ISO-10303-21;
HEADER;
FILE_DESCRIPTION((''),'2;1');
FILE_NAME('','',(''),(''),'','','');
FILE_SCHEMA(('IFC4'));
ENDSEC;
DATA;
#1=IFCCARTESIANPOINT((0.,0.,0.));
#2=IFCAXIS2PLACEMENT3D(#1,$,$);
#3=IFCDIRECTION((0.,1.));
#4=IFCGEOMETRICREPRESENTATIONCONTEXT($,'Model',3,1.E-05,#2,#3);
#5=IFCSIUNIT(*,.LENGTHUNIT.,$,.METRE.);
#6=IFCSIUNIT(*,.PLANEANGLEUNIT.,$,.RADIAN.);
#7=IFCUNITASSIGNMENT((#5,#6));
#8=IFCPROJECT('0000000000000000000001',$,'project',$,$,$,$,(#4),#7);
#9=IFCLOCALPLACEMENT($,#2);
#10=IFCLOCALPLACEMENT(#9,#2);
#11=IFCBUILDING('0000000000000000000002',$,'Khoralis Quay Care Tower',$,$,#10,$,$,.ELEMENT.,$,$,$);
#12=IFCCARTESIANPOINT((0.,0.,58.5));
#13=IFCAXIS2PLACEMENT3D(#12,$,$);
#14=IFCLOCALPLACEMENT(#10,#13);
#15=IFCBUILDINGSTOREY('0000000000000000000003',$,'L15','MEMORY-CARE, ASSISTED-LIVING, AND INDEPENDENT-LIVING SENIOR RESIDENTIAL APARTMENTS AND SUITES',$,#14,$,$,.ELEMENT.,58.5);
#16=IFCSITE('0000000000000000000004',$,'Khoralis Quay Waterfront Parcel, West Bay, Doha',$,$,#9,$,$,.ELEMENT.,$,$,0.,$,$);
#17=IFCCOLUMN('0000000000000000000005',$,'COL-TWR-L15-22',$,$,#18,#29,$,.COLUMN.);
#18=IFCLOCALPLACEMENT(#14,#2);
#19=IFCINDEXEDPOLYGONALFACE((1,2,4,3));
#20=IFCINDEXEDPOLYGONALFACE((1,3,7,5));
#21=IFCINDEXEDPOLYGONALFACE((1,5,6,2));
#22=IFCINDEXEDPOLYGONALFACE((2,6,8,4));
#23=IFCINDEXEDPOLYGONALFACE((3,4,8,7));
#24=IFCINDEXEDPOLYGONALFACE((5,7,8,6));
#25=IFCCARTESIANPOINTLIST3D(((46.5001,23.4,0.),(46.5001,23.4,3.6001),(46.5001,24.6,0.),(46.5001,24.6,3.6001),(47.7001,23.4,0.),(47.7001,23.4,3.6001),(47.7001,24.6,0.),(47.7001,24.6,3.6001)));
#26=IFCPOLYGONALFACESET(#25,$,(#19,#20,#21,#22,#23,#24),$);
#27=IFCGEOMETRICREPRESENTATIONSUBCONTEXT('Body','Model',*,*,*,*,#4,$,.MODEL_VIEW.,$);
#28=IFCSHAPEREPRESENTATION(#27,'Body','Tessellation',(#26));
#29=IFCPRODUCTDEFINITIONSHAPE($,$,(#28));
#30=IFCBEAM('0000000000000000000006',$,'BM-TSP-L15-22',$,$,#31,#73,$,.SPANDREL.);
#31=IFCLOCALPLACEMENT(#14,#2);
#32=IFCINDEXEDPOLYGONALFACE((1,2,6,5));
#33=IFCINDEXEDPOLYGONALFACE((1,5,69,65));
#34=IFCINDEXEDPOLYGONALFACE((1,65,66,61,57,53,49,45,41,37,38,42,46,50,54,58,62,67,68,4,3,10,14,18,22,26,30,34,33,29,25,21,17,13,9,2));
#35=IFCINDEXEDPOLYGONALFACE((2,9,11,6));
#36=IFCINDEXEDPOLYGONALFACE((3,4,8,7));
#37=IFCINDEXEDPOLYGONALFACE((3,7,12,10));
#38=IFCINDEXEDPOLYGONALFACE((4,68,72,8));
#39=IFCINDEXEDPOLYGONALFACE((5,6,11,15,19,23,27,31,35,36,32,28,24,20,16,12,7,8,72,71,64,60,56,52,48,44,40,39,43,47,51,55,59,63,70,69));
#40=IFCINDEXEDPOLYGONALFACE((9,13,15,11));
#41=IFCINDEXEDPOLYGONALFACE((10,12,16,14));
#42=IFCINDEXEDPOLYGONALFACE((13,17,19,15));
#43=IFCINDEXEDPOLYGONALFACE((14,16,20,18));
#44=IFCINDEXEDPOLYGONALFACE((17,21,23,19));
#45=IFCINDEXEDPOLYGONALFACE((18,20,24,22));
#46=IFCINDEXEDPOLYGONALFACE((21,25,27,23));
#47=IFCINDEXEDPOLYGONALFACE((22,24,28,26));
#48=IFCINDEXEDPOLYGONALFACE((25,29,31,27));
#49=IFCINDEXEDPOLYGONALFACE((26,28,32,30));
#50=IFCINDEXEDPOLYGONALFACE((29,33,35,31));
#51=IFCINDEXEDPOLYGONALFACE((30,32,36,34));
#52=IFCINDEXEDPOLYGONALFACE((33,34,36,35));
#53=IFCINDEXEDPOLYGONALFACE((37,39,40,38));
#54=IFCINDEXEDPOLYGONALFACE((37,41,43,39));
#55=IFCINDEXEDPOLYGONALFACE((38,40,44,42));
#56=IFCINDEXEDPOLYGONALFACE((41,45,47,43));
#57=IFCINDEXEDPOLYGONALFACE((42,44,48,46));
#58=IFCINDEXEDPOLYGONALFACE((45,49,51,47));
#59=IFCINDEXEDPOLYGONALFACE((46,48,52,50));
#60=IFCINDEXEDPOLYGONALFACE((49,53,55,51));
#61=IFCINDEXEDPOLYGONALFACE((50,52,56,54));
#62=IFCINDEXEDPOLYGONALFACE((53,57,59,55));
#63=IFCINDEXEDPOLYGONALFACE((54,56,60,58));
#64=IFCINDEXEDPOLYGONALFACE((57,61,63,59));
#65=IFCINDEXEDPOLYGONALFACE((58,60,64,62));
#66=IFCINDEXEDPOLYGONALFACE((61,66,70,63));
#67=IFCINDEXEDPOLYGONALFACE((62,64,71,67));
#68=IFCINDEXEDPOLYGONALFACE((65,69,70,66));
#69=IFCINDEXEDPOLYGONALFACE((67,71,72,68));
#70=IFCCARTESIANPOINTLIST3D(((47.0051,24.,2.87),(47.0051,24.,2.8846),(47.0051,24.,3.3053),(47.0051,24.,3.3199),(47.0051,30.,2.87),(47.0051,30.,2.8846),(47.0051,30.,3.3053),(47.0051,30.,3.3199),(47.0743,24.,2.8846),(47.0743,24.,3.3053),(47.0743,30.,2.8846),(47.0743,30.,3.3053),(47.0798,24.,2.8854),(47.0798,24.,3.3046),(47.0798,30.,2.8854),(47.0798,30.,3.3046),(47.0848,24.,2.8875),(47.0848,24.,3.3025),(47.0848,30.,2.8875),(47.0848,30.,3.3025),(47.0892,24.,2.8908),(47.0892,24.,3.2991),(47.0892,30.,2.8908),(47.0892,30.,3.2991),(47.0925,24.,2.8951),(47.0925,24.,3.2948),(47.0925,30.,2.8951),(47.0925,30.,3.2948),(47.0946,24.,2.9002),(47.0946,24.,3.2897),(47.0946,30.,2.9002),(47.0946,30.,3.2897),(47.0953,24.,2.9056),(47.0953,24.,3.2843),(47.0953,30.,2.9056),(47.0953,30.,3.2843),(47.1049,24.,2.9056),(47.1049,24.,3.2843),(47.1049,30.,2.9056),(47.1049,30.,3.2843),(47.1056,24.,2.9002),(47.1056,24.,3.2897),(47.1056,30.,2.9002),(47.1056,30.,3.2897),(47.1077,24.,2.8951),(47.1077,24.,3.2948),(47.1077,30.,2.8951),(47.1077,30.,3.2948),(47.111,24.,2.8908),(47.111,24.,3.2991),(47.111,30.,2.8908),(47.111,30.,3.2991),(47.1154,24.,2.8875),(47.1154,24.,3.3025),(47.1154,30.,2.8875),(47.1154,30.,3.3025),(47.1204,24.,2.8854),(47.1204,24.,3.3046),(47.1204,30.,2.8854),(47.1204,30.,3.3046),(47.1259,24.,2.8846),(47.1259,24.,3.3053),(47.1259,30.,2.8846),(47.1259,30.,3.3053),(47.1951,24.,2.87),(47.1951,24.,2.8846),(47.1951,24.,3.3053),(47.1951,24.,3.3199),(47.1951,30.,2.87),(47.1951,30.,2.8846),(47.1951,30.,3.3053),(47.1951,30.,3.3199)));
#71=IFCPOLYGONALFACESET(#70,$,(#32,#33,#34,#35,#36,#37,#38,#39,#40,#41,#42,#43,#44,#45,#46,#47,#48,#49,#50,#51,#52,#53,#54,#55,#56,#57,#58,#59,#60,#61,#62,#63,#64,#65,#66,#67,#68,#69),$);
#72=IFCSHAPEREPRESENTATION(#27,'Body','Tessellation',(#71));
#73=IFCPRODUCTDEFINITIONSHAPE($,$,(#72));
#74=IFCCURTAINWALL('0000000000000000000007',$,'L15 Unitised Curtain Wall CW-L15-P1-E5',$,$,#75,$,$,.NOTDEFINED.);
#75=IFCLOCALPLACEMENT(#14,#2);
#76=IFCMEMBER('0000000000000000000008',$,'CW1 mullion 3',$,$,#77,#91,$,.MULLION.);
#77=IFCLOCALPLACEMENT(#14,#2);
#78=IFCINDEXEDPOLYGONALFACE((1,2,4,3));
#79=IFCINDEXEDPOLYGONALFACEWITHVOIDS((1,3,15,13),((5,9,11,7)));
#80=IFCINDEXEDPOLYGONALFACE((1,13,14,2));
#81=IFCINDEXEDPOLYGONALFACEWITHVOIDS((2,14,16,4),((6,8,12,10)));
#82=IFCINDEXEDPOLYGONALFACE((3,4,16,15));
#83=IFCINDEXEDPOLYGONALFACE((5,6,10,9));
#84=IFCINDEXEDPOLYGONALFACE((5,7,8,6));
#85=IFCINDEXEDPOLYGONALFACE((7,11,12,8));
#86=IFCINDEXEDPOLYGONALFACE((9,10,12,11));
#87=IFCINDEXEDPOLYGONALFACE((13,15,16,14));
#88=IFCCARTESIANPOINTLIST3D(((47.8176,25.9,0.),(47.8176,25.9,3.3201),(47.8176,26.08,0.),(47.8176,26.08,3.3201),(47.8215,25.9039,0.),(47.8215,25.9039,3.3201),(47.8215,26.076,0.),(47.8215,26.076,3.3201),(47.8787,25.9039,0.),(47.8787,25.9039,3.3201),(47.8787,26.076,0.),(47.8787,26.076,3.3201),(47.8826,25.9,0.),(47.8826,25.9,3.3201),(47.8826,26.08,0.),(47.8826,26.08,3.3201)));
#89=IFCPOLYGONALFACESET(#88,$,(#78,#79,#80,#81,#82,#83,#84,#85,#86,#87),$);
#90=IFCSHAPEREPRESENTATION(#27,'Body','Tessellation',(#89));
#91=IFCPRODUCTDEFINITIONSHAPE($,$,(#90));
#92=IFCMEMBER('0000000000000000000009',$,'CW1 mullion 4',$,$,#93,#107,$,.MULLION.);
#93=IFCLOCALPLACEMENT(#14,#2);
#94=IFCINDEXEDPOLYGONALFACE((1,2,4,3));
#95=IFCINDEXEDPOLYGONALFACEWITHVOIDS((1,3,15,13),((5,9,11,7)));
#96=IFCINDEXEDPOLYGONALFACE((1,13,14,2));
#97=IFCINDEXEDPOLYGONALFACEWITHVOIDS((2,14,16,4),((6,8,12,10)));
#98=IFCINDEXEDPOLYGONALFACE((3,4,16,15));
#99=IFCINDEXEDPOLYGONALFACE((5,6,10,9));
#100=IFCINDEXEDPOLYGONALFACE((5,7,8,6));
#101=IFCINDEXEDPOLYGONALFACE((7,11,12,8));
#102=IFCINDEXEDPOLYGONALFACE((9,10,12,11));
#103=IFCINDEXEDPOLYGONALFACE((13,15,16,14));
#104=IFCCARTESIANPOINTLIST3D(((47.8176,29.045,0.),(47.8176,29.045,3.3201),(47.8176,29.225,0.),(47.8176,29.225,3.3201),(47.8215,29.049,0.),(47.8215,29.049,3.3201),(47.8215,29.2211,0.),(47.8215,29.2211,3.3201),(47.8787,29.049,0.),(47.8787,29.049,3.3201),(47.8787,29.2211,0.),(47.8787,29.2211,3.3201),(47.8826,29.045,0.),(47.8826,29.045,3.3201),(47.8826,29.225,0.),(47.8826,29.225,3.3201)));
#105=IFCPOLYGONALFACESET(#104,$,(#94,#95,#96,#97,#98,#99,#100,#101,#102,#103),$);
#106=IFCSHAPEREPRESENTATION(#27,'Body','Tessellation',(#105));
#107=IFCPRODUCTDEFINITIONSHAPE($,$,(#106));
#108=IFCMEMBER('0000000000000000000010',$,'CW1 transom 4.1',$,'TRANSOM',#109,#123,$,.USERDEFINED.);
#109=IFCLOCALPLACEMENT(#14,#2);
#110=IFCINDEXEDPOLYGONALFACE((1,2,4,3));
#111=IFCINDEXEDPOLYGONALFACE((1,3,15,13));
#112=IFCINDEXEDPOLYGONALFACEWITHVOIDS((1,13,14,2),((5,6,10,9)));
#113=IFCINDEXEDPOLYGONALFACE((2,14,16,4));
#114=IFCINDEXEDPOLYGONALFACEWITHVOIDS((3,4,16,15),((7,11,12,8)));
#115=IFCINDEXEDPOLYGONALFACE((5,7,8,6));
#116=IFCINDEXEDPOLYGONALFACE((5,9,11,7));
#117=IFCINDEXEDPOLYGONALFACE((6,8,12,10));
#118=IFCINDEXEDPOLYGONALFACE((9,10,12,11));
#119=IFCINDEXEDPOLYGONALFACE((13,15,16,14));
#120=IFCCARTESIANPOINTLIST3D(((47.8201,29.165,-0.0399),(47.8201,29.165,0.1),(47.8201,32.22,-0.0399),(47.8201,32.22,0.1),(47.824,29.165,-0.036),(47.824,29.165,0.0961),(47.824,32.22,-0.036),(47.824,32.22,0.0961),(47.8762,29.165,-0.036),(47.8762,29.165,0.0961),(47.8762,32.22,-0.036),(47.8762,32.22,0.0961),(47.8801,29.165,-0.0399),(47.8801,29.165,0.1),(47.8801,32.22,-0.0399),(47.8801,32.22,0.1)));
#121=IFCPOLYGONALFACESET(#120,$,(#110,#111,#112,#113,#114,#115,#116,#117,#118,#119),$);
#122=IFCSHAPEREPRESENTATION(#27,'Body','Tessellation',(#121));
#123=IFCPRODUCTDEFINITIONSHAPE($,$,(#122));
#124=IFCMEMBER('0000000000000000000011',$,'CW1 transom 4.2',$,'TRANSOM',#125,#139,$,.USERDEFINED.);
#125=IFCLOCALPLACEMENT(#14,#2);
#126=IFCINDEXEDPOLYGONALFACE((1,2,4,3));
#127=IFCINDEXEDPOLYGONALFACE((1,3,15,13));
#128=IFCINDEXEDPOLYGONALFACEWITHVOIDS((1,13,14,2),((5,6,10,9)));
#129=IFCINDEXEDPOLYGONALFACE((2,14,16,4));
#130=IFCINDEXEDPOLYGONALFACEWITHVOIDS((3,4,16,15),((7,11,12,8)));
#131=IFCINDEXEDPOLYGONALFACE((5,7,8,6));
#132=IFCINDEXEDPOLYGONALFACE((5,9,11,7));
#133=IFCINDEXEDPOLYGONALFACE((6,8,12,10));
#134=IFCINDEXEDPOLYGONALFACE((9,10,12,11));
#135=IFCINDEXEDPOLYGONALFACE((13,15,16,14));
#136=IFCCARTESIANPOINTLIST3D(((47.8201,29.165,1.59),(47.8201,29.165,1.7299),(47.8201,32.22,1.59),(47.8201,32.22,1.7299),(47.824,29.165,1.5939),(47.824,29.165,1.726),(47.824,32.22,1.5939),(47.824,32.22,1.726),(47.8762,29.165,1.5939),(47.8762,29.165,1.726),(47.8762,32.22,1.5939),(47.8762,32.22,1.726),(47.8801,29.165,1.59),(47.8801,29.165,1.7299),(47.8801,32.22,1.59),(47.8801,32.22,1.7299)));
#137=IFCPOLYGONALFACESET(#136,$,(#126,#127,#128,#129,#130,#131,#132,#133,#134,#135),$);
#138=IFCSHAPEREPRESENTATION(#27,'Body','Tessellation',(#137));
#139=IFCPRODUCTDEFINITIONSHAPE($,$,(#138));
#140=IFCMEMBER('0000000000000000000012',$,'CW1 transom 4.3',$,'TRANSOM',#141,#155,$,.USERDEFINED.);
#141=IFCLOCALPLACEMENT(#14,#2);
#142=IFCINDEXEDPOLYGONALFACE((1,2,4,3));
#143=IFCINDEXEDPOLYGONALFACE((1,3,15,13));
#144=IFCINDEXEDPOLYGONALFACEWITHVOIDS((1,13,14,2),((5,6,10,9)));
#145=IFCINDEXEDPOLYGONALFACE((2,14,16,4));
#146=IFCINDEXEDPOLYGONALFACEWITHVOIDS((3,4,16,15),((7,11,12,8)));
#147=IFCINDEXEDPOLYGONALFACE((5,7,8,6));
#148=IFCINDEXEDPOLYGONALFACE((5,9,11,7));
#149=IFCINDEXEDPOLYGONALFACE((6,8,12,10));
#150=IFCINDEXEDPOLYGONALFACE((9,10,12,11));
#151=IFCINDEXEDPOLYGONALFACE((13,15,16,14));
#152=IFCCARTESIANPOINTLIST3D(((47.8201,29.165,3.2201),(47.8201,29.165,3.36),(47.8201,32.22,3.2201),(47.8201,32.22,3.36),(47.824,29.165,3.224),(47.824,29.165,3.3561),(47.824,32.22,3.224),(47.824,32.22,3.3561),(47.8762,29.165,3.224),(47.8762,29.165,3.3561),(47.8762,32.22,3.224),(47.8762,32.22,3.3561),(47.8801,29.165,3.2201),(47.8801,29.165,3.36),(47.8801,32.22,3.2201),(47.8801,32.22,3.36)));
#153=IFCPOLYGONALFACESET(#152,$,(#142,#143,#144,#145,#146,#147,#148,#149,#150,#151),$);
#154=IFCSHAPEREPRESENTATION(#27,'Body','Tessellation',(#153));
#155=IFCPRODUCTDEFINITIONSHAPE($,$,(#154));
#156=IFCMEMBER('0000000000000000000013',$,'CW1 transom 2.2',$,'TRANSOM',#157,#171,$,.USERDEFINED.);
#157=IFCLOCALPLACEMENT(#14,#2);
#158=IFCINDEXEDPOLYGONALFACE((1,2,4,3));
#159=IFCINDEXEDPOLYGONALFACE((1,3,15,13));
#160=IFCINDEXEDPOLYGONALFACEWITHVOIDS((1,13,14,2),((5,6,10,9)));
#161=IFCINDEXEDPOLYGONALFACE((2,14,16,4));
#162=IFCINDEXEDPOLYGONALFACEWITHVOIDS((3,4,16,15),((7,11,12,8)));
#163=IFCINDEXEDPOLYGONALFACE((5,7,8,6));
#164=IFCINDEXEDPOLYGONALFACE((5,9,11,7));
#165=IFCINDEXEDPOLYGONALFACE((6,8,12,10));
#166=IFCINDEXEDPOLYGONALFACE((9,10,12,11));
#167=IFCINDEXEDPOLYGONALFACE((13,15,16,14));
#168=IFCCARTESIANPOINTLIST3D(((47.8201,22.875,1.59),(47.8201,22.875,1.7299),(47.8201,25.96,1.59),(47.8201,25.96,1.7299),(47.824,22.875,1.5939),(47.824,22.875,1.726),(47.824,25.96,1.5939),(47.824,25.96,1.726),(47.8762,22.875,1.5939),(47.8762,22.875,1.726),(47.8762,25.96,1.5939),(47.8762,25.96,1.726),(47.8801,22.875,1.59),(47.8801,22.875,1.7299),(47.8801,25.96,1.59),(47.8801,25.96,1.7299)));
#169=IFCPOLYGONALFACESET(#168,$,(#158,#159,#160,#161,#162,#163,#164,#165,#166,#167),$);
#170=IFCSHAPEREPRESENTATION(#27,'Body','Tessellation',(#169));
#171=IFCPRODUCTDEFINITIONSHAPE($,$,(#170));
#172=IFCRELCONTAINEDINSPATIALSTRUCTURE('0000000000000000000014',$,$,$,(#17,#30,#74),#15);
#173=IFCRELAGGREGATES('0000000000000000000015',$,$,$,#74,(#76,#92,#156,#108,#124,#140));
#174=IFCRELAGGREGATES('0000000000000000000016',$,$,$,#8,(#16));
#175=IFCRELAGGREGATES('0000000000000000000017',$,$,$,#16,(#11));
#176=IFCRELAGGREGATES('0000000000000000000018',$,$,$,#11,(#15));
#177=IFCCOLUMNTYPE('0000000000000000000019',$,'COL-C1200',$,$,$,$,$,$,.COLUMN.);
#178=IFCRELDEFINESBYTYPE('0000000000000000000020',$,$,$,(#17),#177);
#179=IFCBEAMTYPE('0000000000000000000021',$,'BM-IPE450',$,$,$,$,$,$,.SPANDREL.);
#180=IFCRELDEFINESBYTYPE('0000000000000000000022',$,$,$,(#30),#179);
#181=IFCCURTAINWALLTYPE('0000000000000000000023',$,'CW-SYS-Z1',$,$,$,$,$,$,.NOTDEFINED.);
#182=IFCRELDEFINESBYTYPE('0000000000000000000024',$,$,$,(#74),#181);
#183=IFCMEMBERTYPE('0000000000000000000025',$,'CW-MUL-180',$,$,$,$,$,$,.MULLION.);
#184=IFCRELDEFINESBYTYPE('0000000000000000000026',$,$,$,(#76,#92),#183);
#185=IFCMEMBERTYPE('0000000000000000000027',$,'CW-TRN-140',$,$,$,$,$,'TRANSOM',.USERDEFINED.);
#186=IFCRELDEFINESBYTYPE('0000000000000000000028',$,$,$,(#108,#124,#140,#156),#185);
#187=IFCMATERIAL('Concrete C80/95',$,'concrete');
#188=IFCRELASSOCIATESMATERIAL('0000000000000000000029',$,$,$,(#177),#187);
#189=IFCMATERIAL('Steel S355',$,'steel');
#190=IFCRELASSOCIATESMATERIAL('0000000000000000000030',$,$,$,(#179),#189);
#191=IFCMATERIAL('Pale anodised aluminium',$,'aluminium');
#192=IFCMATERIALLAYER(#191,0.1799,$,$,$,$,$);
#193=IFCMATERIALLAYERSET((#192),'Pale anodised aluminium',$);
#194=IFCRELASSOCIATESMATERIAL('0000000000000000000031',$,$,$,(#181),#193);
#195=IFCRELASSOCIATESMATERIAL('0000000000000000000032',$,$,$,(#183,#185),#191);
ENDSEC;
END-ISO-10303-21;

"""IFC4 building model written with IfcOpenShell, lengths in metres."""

from ifc_helpers import new_model, si_unit, direction, frame, origin, origin_2d, place, context, subcontext, project, spatial, rectangle, hollow_rectangle, i_section, extrude, source, transform, mapped, material, layer, layer_set, material_profile, profile_set, type_object, element, aggregate, save


model = new_model("IFC4")

# Units and contexts
model_context = context("Model", 3, precision=1e-05, world=origin(), true_north=direction((0.0, 1.0)))
body_context = subcontext(model_context, "Body", "Model", "MODEL_VIEW")
ifc_project = project(units=[si_unit("LENGTHUNIT", "METRE"), si_unit("PLANEANGLEUNIT", "RADIAN")], contexts=[model_context])

# Site, building, storey
site_placement = place(None, origin())
site = spatial("IfcSite", under=ifc_project, at=site_placement, Name="Khoralis Quay Waterfront Parcel, West Bay, Doha", CompositionType="ELEMENT", RefElevation=0.0)
building_placement = place(site_placement, origin())
building = spatial("IfcBuilding", under=site, at=building_placement, Name="Khoralis Quay Care Tower", CompositionType="ELEMENT")
storey_placement = place(building_placement, frame((0.0, 0.0, 58.5)))
storey = spatial("IfcBuildingStorey", under=building, at=storey_placement, Name="L15", Description="MEMORY-CARE, ASSISTED-LIVING, AND INDEPENDENT-LIVING SENIOR RESIDENTIAL APARTMENTS AND SUITES", CompositionType="ELEMENT", Elevation=58.5)

# Column
ifc_material_1 = material(Name="Concrete C80/95", Category="concrete")
ifc_material_profile_1 = material_profile(ifc_material_1, rectangle(XDim=1.2, YDim=1.2, at=origin_2d()), Name="Concrete C80/95")
ifc_profile_set_1 = profile_set([ifc_material_profile_1], Name="Concrete C80/95")
column_type = type_object("IfcColumnType", Name="COL-C1200", PredefinedType="COLUMN", material=ifc_profile_set_1)
shared_shape_1 = source(origin(), body_context, "Body", "SweptSolid", [
    extrude(rectangle(XDim=1.2, YDim=1.2, at=origin_2d()), origin(), (0.0, 0.0, 1.0), 3.6001),
])
column_placement = place(storey_placement, frame((47.1001, 24.0, 0.0), z_axis=(0.0, 0.0, 1.0), x_axis=(1.0, 0.0, 0.0)))
element("IfcColumn", 1, at=column_placement, inside=storey, type_object=column_type, Name="COL-TWR-L15-22", PredefinedType="COLUMN", context=body_context, shape_type="MappedRepresentation", body=[
    mapped(shared_shape_1, transform((0.0, 0.0, 0.0), scale=1.0)),
])

# Beam
ifc_material_2 = material(Name="Steel S355", Category="steel")
ifc_material_profile_2 = material_profile(ifc_material_2, i_section(OverallWidth=0.1899, OverallDepth=0.45, WebThickness=0.0095, FlangeThickness=0.0146, FilletRadius=0.021, at=origin_2d()), Name="Steel S355")
ifc_profile_set_2 = profile_set([ifc_material_profile_2], Name="Steel S355")
beam_type = type_object("IfcBeamType", Name="BM-IPE450", PredefinedType="SPANDREL", material=ifc_profile_set_2)
shared_shape_2 = source(origin(), body_context, "Body", "SweptSolid", [
    extrude(i_section(OverallWidth=0.1899, OverallDepth=0.45, WebThickness=0.0095, FlangeThickness=0.0146, FilletRadius=0.021, at=origin_2d()), origin(), (0.0, 0.0, 1.0), 6.0),
])
beam_placement = place(storey_placement, frame((47.1001, 24.0, 3.095), z_axis=(0.0, 1.0, 0.0), x_axis=(-1.0, 0.0, 0.0)))
element("IfcBeam", 2, at=beam_placement, inside=storey, type_object=beam_type, Name="BM-TSP-L15-22", PredefinedType="SPANDREL", context=body_context, shape_type="MappedRepresentation", body=[
    mapped(shared_shape_2, transform((0.0, 0.0, 0.0), scale=1.0)),
])

# Curtain wall, members
ifc_material_3 = material(Name="Pale anodised aluminium", Category="aluminium")
ifc_layer_1 = layer(ifc_material_3, 0.1799)
ifc_layer_set_1 = layer_set([ifc_layer_1], Name="Pale anodised aluminium")
curtain_wall_type = type_object("IfcCurtainWallType", Name="CW-SYS-Z1", PredefinedType="NOTDEFINED", material=ifc_layer_set_1)
curtain_wall_placement = place(storey_placement, origin())
curtain_wall = element("IfcCurtainWall", 3, at=curtain_wall_placement, inside=storey, type_object=curtain_wall_type, Name="L15 Unitised Curtain Wall CW-L15-P1-E5", PredefinedType="NOTDEFINED")
ifc_material_profile_3 = material_profile(ifc_material_3, hollow_rectangle(XDim=0.0649, YDim=0.1799, WallThickness=0.0039, at=origin_2d()), Name="Pale anodised aluminium")
ifc_profile_set_3 = profile_set([ifc_material_profile_3], Name="Pale anodised aluminium")
member_type_1 = type_object("IfcMemberType", Name="CW-MUL-180", PredefinedType="MULLION", material=ifc_profile_set_3)
shared_shape_3 = source(origin(), body_context, "Body", "SweptSolid", [
    extrude(hollow_rectangle(XDim=0.0649, YDim=0.1799, WallThickness=0.0039, at=origin_2d()), origin(), (0.0, 0.0, 1.0), 3.3201),
])
member_1_placement = place(storey_placement, frame((47.8501, 25.99, 0.0), z_axis=(0.0, 0.0, 1.0), x_axis=(-1.0, 0.0, 0.0)))
member_1 = element("IfcMember", 4, at=member_1_placement, type_object=member_type_1, Name="CW1 mullion 3", PredefinedType="MULLION", context=body_context, shape_type="MappedRepresentation", body=[
    mapped(shared_shape_3, transform((0.0, 0.0, 0.0), scale=1.0)),
])
member_2_placement = place(storey_placement, frame((47.8501, 29.135, 0.0), z_axis=(0.0, 0.0, 1.0), x_axis=(-1.0, 0.0, 0.0)))
member_2 = element("IfcMember", 5, at=member_2_placement, type_object=member_type_1, Name="CW1 mullion 4", PredefinedType="MULLION", context=body_context, shape_type="MappedRepresentation", body=[
    mapped(shared_shape_3, transform((0.0, 0.0, 0.0), scale=1.0)),
])
ifc_material_profile_4 = material_profile(ifc_material_3, hollow_rectangle(XDim=0.0601, YDim=0.1399, WallThickness=0.0039, at=origin_2d()), Name="Pale anodised aluminium")
ifc_profile_set_4 = profile_set([ifc_material_profile_4], Name="Pale anodised aluminium")
member_type_2 = type_object("IfcMemberType", Name="CW-TRN-140", ElementType="TRANSOM", PredefinedType="USERDEFINED", material=ifc_profile_set_4)
shared_shape_4 = source(origin(), body_context, "Body", "SweptSolid", [
    extrude(hollow_rectangle(XDim=0.0601, YDim=0.1399, WallThickness=0.0039, at=origin_2d()), origin(), (0.0, 0.0, 1.0), 3.0549),
])
member_3_placement = place(storey_placement, frame((47.8501, 29.165, 0.03), z_axis=(0.0, 1.0, 0.0), x_axis=(-1.0, 0.0, 0.0)))
member_3 = element("IfcMember", 6, at=member_3_placement, type_object=member_type_2, Name="CW1 transom 4.1", ObjectType="TRANSOM", PredefinedType="USERDEFINED", context=body_context, shape_type="MappedRepresentation", body=[
    mapped(shared_shape_4, transform((0.0, 0.0, 0.0), scale=1.0)),
])
member_4_placement = place(storey_placement, frame((47.8501, 29.165, 1.6599), z_axis=(0.0, 1.0, 0.0), x_axis=(-1.0, 0.0, 0.0)))
member_4 = element("IfcMember", 7, at=member_4_placement, type_object=member_type_2, Name="CW1 transom 4.2", ObjectType="TRANSOM", PredefinedType="USERDEFINED", context=body_context, shape_type="MappedRepresentation", body=[
    mapped(shared_shape_4, transform((0.0, 0.0, 0.0), scale=1.0)),
])
member_5_placement = place(storey_placement, frame((47.8501, 29.165, 3.29), z_axis=(0.0, 1.0, 0.0), x_axis=(-1.0, 0.0, 0.0)))
member_5 = element("IfcMember", 8, at=member_5_placement, type_object=member_type_2, Name="CW1 transom 4.3", ObjectType="TRANSOM", PredefinedType="USERDEFINED", context=body_context, shape_type="MappedRepresentation", body=[
    mapped(shared_shape_4, transform((0.0, 0.0, 0.0), scale=1.0)),
])
shared_shape_5 = source(origin(), body_context, "Body", "SweptSolid", [
    extrude(hollow_rectangle(XDim=0.0601, YDim=0.1399, WallThickness=0.0039, at=origin_2d()), origin(), (0.0, 0.0, 1.0), 3.085),
])
member_6_placement = place(storey_placement, frame((47.8501, 22.875, 1.6599), z_axis=(0.0, 1.0, 0.0), x_axis=(-1.0, 0.0, 0.0)))
member_6 = element("IfcMember", 9, at=member_6_placement, type_object=member_type_2, Name="CW1 transom 2.2", ObjectType="TRANSOM", PredefinedType="USERDEFINED", context=body_context, shape_type="MappedRepresentation", body=[
    mapped(shared_shape_5, transform((0.0, 0.0, 0.0), scale=1.0)),
])
aggregate(curtain_wall, [member_1, member_2, member_6, member_3, member_4, member_5])

save(model, "model.ifc")
